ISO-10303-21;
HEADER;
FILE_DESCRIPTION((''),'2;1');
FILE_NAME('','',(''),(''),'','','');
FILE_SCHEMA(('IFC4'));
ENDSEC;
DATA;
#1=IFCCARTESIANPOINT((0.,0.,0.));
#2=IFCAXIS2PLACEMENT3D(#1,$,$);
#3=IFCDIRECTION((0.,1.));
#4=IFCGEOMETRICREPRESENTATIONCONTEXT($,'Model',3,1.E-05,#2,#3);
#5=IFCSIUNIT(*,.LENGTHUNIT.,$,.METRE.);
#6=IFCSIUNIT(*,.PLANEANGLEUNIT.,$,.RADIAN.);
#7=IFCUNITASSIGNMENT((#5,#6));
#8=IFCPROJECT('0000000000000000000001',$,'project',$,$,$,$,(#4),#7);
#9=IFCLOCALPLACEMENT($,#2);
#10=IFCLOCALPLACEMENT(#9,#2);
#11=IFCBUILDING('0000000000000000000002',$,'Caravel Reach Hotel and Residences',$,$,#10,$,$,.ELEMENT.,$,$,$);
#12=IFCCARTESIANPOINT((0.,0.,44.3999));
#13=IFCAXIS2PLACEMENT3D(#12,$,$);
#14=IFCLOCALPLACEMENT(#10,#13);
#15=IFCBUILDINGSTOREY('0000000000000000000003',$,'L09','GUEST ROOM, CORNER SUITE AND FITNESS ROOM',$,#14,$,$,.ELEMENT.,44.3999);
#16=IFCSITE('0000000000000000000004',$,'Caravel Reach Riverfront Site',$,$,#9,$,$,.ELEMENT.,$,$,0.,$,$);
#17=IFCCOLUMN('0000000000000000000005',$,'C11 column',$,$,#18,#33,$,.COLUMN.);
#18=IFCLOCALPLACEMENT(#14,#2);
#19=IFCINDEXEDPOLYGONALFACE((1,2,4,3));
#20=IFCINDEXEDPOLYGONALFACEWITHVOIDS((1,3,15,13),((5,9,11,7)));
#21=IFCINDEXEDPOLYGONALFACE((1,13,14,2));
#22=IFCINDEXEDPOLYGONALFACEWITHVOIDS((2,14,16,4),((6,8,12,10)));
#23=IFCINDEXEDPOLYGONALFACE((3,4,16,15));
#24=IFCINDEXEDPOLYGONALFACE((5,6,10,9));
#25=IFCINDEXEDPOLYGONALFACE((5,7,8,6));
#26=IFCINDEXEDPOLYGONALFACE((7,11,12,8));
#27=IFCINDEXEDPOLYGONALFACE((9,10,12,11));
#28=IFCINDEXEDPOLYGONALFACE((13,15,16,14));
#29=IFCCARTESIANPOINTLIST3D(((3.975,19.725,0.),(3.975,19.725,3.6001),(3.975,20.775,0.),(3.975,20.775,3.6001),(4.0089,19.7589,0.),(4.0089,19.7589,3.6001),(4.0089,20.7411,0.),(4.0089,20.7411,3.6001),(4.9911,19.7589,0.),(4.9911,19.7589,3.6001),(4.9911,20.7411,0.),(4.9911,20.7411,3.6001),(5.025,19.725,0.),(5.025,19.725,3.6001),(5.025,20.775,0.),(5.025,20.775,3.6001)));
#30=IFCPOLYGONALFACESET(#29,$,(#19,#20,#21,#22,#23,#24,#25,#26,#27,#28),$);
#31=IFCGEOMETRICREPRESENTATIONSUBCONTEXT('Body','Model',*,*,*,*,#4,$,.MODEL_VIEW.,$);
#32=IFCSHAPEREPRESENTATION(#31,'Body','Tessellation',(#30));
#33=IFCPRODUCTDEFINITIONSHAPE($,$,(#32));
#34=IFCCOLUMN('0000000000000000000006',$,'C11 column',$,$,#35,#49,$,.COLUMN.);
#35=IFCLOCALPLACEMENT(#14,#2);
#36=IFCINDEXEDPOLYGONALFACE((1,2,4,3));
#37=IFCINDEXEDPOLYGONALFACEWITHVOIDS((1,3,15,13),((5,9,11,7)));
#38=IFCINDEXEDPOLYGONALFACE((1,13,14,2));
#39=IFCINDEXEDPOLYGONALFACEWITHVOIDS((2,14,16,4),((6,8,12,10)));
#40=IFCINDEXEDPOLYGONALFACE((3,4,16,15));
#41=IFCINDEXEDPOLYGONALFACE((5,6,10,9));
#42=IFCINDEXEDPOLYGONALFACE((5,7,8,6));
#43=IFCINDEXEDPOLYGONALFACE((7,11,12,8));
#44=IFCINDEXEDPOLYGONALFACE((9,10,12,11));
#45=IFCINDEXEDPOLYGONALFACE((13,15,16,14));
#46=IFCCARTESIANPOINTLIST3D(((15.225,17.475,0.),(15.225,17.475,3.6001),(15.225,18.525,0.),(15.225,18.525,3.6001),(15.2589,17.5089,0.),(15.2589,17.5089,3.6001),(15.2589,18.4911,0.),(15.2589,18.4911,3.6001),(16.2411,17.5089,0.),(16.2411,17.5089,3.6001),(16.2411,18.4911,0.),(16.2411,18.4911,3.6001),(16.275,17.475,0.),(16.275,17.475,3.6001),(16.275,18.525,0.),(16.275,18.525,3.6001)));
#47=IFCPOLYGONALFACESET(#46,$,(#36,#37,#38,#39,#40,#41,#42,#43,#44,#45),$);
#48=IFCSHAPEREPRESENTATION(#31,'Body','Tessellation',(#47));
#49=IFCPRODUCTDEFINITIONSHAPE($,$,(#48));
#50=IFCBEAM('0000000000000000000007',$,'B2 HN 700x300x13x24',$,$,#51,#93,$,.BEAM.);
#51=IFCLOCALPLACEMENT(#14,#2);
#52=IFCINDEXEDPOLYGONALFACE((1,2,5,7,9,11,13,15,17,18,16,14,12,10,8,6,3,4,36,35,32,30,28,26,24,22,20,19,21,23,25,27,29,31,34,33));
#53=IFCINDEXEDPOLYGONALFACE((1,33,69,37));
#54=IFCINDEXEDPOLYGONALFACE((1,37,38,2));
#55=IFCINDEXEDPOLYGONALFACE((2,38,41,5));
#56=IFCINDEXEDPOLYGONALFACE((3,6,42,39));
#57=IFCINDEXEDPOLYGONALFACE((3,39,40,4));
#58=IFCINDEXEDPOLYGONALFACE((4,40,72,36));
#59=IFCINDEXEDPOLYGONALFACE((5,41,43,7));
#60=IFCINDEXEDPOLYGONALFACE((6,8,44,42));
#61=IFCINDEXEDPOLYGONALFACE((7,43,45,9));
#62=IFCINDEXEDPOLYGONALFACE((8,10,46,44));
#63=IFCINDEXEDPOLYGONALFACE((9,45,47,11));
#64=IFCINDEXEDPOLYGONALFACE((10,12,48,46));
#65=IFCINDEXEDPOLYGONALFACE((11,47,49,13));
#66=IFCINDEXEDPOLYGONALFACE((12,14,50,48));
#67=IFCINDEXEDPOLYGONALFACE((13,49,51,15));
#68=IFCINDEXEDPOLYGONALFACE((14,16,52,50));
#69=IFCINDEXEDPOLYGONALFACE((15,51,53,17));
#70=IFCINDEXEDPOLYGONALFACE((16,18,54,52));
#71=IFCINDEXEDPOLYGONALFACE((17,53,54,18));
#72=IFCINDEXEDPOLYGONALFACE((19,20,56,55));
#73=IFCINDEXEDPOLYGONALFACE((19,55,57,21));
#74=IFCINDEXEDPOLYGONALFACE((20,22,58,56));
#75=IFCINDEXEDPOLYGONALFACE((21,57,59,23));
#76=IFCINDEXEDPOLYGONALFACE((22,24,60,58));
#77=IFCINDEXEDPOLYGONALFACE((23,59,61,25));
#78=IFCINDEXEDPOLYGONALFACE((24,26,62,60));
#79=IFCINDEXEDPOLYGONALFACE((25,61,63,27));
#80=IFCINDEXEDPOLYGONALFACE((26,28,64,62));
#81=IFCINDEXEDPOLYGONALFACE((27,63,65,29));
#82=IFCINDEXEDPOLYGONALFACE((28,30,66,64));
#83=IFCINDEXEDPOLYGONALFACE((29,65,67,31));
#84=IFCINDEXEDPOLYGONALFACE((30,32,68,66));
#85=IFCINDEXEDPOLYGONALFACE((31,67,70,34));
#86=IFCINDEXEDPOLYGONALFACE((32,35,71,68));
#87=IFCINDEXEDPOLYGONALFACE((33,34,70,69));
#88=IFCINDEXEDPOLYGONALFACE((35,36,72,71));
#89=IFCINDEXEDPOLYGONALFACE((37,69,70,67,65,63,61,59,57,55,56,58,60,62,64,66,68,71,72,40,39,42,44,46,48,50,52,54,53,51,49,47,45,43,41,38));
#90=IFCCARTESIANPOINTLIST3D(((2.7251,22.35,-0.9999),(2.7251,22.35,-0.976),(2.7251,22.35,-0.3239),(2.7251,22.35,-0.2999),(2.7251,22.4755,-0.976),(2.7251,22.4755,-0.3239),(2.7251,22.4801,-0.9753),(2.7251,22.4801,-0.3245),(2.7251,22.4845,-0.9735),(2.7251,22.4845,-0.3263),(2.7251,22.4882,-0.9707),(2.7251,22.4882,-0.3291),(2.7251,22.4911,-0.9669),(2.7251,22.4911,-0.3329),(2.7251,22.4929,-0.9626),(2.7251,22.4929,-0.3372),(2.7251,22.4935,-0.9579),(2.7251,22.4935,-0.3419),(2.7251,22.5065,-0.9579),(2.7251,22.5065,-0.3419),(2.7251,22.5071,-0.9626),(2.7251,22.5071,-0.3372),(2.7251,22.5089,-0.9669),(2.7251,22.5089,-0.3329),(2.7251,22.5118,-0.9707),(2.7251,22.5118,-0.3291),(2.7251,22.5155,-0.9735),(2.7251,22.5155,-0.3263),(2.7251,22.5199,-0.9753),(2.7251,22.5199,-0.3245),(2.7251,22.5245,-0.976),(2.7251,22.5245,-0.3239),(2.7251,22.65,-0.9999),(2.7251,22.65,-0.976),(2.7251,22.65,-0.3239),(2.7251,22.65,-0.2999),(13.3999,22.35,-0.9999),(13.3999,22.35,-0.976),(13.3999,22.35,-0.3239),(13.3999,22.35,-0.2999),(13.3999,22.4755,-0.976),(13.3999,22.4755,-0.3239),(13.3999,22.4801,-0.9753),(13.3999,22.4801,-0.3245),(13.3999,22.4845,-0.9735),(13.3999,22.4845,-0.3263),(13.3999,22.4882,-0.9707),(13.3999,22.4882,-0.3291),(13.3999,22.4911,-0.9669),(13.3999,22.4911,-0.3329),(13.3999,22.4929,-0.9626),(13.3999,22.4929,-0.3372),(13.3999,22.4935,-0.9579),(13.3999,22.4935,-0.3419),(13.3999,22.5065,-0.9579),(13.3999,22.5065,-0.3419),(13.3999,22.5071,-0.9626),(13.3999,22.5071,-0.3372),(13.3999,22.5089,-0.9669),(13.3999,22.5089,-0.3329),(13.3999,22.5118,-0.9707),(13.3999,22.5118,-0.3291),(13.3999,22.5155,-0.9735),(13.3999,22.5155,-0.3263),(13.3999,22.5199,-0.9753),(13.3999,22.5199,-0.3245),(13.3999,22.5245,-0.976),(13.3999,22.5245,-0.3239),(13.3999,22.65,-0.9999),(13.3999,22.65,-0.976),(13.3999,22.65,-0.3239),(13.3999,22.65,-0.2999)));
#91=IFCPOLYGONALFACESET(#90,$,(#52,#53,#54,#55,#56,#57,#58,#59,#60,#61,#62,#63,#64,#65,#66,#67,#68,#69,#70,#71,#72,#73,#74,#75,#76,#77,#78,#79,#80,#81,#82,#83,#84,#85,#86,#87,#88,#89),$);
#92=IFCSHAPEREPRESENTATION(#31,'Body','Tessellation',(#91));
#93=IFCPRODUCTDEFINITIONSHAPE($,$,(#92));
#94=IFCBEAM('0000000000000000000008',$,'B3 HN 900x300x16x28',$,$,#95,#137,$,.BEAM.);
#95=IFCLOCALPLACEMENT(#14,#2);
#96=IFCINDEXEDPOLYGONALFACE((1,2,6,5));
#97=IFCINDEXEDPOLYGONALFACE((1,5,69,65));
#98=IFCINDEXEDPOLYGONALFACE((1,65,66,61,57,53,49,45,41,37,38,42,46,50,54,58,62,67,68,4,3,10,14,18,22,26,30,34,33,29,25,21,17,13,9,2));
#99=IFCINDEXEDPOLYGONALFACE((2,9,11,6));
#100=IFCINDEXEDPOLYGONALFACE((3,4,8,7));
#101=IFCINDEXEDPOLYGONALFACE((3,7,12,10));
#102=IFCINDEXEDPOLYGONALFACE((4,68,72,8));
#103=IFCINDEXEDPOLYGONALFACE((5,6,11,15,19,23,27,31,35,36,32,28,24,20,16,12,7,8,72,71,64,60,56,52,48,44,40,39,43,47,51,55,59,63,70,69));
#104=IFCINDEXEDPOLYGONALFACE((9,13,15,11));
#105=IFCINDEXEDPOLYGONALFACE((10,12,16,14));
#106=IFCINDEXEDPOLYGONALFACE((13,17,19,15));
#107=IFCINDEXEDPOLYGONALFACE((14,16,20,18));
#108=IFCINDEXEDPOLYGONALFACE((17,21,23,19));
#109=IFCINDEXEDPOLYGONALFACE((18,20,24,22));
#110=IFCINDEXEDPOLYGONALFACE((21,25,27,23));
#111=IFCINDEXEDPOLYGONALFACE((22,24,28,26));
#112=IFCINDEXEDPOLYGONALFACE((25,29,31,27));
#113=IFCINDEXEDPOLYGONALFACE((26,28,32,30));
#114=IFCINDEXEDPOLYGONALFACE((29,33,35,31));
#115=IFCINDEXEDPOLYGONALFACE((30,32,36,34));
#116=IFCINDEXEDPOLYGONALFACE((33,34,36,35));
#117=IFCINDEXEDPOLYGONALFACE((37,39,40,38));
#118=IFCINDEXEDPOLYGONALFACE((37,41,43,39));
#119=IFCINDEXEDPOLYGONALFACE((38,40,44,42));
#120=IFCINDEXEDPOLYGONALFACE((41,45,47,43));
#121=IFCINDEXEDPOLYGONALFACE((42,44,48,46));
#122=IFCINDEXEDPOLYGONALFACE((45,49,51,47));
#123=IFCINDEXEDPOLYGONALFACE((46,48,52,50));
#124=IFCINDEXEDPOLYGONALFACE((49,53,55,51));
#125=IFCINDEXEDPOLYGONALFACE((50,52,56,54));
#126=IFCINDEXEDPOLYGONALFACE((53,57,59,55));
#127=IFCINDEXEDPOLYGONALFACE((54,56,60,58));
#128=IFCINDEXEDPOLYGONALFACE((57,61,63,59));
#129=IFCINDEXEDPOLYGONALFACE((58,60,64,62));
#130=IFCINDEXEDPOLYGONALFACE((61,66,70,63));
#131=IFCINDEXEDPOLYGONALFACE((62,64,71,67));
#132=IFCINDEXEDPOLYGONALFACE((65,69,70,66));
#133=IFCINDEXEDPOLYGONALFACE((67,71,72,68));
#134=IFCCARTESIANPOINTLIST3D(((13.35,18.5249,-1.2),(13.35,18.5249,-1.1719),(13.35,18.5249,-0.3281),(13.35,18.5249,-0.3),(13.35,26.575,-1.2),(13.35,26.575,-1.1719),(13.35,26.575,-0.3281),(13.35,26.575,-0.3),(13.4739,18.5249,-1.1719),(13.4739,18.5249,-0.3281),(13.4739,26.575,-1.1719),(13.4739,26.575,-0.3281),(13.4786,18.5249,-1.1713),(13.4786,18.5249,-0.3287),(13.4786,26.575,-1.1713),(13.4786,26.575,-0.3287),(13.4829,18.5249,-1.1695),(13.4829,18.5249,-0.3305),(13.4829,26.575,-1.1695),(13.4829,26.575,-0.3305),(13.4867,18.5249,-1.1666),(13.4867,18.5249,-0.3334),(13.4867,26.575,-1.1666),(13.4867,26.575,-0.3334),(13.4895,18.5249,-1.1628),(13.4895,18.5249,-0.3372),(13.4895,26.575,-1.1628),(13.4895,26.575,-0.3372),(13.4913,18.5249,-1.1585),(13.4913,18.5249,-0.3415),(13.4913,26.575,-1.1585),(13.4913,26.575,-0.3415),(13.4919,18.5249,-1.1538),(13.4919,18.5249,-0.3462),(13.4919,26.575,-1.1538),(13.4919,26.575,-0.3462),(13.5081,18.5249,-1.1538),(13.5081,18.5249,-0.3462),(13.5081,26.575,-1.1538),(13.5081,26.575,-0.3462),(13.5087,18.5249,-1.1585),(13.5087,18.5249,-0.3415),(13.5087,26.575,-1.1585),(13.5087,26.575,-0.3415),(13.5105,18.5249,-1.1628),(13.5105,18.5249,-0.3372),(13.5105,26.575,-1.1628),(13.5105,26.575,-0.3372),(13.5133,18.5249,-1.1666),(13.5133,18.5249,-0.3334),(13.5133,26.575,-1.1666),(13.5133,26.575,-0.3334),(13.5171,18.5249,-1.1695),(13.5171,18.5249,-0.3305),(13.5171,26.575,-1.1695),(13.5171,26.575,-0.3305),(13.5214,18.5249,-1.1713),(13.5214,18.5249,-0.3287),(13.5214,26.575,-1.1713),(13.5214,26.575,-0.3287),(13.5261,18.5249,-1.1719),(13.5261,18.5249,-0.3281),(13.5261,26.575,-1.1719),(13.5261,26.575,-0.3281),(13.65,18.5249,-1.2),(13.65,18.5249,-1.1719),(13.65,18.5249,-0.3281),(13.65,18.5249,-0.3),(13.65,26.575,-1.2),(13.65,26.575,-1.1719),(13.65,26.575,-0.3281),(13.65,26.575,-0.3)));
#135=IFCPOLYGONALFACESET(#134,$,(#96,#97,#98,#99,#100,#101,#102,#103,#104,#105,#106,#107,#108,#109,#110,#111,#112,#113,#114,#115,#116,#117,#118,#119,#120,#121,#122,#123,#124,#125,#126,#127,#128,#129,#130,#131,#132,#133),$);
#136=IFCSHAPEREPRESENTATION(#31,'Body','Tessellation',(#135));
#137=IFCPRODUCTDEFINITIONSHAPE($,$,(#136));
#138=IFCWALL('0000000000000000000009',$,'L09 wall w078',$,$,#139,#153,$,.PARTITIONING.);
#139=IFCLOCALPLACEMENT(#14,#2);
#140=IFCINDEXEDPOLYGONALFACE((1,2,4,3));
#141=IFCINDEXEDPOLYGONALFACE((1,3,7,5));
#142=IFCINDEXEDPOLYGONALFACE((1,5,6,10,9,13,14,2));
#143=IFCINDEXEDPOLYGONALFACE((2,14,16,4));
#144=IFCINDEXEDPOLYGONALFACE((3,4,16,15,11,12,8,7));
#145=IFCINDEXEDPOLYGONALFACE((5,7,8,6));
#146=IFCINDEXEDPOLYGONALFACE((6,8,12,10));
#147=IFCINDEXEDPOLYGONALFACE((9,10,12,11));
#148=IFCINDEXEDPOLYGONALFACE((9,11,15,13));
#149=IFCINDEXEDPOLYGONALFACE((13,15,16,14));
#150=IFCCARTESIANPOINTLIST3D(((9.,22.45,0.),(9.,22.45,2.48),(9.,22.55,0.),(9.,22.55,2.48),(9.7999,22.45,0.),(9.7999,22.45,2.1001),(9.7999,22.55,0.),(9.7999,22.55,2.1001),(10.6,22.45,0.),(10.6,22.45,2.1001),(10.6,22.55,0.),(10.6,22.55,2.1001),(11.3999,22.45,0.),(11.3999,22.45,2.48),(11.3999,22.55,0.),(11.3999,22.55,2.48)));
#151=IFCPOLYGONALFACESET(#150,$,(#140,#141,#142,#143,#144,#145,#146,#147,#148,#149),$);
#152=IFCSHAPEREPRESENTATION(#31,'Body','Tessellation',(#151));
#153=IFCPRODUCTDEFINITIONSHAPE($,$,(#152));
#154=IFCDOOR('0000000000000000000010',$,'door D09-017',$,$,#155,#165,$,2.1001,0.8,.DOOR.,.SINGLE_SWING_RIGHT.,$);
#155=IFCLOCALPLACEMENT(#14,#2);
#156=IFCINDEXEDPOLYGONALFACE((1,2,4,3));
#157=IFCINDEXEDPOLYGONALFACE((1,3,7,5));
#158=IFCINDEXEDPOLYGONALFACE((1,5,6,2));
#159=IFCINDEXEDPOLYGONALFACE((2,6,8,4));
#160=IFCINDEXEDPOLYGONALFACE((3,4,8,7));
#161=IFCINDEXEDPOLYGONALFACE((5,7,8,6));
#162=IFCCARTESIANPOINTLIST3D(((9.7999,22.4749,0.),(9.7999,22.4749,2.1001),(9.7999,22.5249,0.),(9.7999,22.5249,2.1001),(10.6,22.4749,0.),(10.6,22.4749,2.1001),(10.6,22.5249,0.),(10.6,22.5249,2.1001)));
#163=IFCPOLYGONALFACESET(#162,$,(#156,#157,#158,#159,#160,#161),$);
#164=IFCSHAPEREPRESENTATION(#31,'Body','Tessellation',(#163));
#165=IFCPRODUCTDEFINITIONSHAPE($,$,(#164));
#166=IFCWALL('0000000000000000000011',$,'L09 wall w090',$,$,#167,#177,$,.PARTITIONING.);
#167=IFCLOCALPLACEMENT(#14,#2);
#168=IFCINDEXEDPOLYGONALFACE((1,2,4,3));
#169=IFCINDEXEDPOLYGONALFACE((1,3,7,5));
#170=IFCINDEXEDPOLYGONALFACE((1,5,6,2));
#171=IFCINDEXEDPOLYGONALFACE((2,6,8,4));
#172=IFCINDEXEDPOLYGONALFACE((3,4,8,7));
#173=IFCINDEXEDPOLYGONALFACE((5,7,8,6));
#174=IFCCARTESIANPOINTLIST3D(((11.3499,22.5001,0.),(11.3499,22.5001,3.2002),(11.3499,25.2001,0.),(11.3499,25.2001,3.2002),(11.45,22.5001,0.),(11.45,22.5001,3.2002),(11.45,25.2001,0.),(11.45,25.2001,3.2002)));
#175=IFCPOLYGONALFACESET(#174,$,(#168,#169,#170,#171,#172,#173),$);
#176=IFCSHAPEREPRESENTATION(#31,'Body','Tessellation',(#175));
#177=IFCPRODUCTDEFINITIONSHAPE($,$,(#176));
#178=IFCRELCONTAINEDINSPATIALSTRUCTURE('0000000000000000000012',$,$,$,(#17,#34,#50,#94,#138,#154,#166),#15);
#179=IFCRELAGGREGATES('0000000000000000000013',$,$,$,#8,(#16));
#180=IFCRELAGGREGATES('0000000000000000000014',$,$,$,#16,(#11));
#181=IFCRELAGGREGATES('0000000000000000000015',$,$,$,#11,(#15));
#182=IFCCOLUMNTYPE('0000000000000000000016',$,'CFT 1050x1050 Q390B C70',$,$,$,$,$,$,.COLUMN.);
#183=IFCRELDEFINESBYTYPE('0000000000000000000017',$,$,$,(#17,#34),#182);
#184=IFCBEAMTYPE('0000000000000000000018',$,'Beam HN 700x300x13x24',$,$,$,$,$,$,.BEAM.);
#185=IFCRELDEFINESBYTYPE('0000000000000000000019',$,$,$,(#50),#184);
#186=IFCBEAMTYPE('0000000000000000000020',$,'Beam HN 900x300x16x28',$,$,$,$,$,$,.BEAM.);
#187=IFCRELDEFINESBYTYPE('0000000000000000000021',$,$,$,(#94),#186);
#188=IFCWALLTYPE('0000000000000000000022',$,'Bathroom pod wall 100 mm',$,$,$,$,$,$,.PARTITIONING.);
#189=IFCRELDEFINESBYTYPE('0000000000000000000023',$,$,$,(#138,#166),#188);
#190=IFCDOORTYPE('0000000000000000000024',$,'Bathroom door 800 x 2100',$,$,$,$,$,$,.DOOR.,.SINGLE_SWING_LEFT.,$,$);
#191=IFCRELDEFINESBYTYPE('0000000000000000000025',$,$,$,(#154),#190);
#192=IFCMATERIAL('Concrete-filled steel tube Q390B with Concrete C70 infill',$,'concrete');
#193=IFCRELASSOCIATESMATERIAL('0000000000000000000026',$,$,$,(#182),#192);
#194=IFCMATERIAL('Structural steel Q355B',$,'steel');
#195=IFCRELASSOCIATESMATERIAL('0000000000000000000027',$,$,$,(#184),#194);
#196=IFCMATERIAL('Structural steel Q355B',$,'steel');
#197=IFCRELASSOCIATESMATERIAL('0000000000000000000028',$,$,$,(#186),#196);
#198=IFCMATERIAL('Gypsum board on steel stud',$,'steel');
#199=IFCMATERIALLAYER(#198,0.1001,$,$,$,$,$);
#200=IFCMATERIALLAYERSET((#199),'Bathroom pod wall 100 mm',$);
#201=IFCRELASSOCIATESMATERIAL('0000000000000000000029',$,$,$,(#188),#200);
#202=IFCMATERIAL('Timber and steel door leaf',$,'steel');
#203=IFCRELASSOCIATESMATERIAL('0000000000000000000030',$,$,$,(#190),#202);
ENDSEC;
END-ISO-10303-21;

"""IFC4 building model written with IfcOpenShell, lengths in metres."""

from ifc_helpers import new_model, si_unit, direction, frame, frame_2d, origin, origin_2d, place, context, subcontext, project, spatial, rectangle, hollow_rectangle, i_section, extrude, material, layer, layer_set, material_profile, profile_set, type_object, element, fill, save


model = new_model("IFC4")

# Units and contexts
model_context = context("Model", 3, precision=1e-05, world=origin(), true_north=direction((0.0, 1.0)))
body_context = subcontext(model_context, "Body", "Model", "MODEL_VIEW")
ifc_project = project(units=[si_unit("LENGTHUNIT", "METRE"), si_unit("PLANEANGLEUNIT", "RADIAN")], contexts=[model_context])

# Site, building, storey
site_placement = place(None, origin())
site = spatial("IfcSite", under=ifc_project, at=site_placement, Name="Caravel Reach Riverfront Site", CompositionType="ELEMENT", RefElevation=0.0)
building_placement = place(site_placement, origin())
building = spatial("IfcBuilding", under=site, at=building_placement, Name="Caravel Reach Hotel and Residences", CompositionType="ELEMENT")
storey_placement = place(building_placement, frame((0.0, 0.0, 44.3999)))
storey = spatial("IfcBuildingStorey", under=building, at=storey_placement, Name="L09", Description="GUEST ROOM, CORNER SUITE AND FITNESS ROOM", CompositionType="ELEMENT", Elevation=44.3999)

# Columns
ifc_material_1 = material(Name="Concrete-filled steel tube Q390B with Concrete C70 infill", Category="concrete")
ifc_material_profile_1 = material_profile(ifc_material_1, hollow_rectangle(XDim=1.05, YDim=1.05, WallThickness=0.0339, at=origin_2d()), Name="RHS 1050x1050x34")
ifc_profile_set_1 = profile_set([ifc_material_profile_1], Name="Concrete-filled steel tube Q390B with Concrete C70 infill")
column_type = type_object("IfcColumnType", Name="CFT 1050x1050 Q390B C70", PredefinedType="COLUMN", material=ifc_profile_set_1)
for number, where, z_axis, x_axis, name in (
    (1, (4.5, 20.25, 0.0), (0.0, 0.0, 1.0), (1.0, 0.0, 0.0), "C11 column"),
    (2, (15.75, 18.0, 0.0), (0.0, 0.0, 1.0), (1.0, 0.0, 0.0), "C11 column"),
):
    element("IfcColumn", number, at=place(storey_placement, frame(where, z_axis=z_axis, x_axis=x_axis)), inside=storey, type_object=column_type, Name=name, PredefinedType="COLUMN", context=body_context, shape_type="SweptSolid", body=[
        extrude(hollow_rectangle(XDim=1.05, YDim=1.05, WallThickness=0.0339, at=origin_2d()), origin(), (0.0, 0.0, 1.0), 3.6001),
    ])

# Beams
ifc_material_2 = material(Name="Structural steel Q355B", Category="steel")
ifc_material_profile_2 = material_profile(ifc_material_2, i_section(OverallWidth=0.3, OverallDepth=0.7, WebThickness=0.0129, FlangeThickness=0.0239, FilletRadius=0.0181, at=origin_2d()), Name="HN 700x300x13x24")
ifc_profile_set_2 = profile_set([ifc_material_profile_2], Name="Structural steel Q355B")
beam_type_1 = type_object("IfcBeamType", Name="Beam HN 700x300x13x24", PredefinedType="BEAM", material=ifc_profile_set_2)
beam_1_placement = place(storey_placement, frame((13.3999, 22.5, -0.6499), z_axis=(-1.0, 0.0, 0.0), x_axis=(0.0, -1.0, 0.0)))
element("IfcBeam", 3, at=beam_1_placement, inside=storey, type_object=beam_type_1, Name="B2 HN 700x300x13x24", PredefinedType="BEAM", context=body_context, shape_type="SweptSolid", body=[
    extrude(i_section(OverallWidth=0.3, OverallDepth=0.7, WebThickness=0.0129, FlangeThickness=0.0239, FilletRadius=0.0181, at=origin_2d()), origin(), (0.0, 0.0, 1.0), 10.6748),
])
ifc_material_3 = material(Name="Structural steel Q355B", Category="steel")
ifc_material_profile_3 = material_profile(ifc_material_3, i_section(OverallWidth=0.3, OverallDepth=0.8999, WebThickness=0.0161, FlangeThickness=0.0281, FilletRadius=0.0181, at=origin_2d()), Name="HN 900x300x16x28")
ifc_profile_set_3 = profile_set([ifc_material_profile_3], Name="Structural steel Q355B")
beam_type_2 = type_object("IfcBeamType", Name="Beam HN 900x300x16x28", PredefinedType="BEAM", material=ifc_profile_set_3)
beam_2_placement = place(storey_placement, frame((13.5, 18.5249, -0.75), z_axis=(0.0, 1.0, 0.0), x_axis=(-1.0, 0.0, 0.0)))
element("IfcBeam", 4, at=beam_2_placement, inside=storey, type_object=beam_type_2, Name="B3 HN 900x300x16x28", PredefinedType="BEAM", context=body_context, shape_type="SweptSolid", body=[
    extrude(i_section(OverallWidth=0.3, OverallDepth=0.8999, WebThickness=0.0161, FlangeThickness=0.0281, FilletRadius=0.0181, at=origin_2d()), origin(), (0.0, 0.0, 1.0), 8.05),
])

# Wall, opening, door
ifc_material_4 = material(Name="Gypsum board on steel stud", Category="steel")
ifc_layer_1 = layer(ifc_material_4, 0.1001)
ifc_layer_set_1 = layer_set([ifc_layer_1], Name="Bathroom pod wall 100 mm")
wall_type_1 = type_object("IfcWallType", Name="Bathroom pod wall 100 mm", PredefinedType="PARTITIONING", material=ifc_layer_set_1)
wall_1_placement = place(storey_placement, frame((9.0, 22.5, 0.0), z_axis=(0.0, 0.0, 1.0), x_axis=(1.0, 0.0, 0.0)))
wall_1 = element("IfcWall", 5, at=wall_1_placement, inside=storey, type_object=wall_type_1, Name="L09 wall w078", PredefinedType="PARTITIONING", context=body_context, shape_type="SweptSolid", body=[
    extrude(rectangle(XDim=2.3999, YDim=0.1001, at=frame_2d((1.2, 0.0))), origin(), (0.0, 0.0, 1.0), 2.48),
])
opening_1_placement = place(wall_1_placement, frame((0.8, 0.0, 0.0)))
opening_1 = element("IfcOpeningElement", 6, at=opening_1_placement, cuts=wall_1, PredefinedType="OPENING", context=body_context, shape_type="SweptSolid", body=[
    extrude(rectangle(XDim=0.8, YDim=2.1001, at=frame_2d((0.3999, 1.05))), frame((0.0, 0.0601, 0.0), z_axis=(0.0, -1.0, 0.0), x_axis=(1.0, 0.0, 0.0)), (0.0, 0.0, 1.0), 0.1201),
])
ifc_material_5 = material(Name="Timber and steel door leaf", Category="steel")
door_type_1 = type_object("IfcDoorType", Name="Bathroom door 800 x 2100", OperationType="SINGLE_SWING_LEFT", PredefinedType="DOOR", material=ifc_material_5)
door_1_placement = place(opening_1_placement, origin())
door_1 = element("IfcDoor", 7, at=door_1_placement, inside=storey, type_object=door_type_1, Name="door D09-017", OperationType="SINGLE_SWING_RIGHT", OverallHeight=2.1001, OverallWidth=0.8, PredefinedType="DOOR", context=body_context, shape_type="SweptSolid", body=[
    extrude(rectangle(XDim=0.8, YDim=2.1001, at=frame_2d((0.3999, 1.05))), frame((0.0, 0.0249, 0.0), z_axis=(0.0, -1.0, 0.0), x_axis=(1.0, 0.0, 0.0)), (0.0, 0.0, 1.0), 0.05),
])
fill(opening_1, door_1)

# Wall
wall_2_placement = place(storey_placement, frame((11.3999, 22.5, 0.0), z_axis=(0.0, 0.0, 1.0), x_axis=(0.0, 1.0, 0.0)))
element("IfcWall", 8, at=wall_2_placement, inside=storey, type_object=wall_type_1, Name="L09 wall w090", PredefinedType="PARTITIONING", context=body_context, shape_type="SweptSolid", body=[
    extrude(rectangle(XDim=2.7, YDim=0.1001, at=frame_2d((1.3501, 0.0))), origin(), (0.0, 0.0, 1.0), 3.2002),
])

save(model, "model.ifc")
